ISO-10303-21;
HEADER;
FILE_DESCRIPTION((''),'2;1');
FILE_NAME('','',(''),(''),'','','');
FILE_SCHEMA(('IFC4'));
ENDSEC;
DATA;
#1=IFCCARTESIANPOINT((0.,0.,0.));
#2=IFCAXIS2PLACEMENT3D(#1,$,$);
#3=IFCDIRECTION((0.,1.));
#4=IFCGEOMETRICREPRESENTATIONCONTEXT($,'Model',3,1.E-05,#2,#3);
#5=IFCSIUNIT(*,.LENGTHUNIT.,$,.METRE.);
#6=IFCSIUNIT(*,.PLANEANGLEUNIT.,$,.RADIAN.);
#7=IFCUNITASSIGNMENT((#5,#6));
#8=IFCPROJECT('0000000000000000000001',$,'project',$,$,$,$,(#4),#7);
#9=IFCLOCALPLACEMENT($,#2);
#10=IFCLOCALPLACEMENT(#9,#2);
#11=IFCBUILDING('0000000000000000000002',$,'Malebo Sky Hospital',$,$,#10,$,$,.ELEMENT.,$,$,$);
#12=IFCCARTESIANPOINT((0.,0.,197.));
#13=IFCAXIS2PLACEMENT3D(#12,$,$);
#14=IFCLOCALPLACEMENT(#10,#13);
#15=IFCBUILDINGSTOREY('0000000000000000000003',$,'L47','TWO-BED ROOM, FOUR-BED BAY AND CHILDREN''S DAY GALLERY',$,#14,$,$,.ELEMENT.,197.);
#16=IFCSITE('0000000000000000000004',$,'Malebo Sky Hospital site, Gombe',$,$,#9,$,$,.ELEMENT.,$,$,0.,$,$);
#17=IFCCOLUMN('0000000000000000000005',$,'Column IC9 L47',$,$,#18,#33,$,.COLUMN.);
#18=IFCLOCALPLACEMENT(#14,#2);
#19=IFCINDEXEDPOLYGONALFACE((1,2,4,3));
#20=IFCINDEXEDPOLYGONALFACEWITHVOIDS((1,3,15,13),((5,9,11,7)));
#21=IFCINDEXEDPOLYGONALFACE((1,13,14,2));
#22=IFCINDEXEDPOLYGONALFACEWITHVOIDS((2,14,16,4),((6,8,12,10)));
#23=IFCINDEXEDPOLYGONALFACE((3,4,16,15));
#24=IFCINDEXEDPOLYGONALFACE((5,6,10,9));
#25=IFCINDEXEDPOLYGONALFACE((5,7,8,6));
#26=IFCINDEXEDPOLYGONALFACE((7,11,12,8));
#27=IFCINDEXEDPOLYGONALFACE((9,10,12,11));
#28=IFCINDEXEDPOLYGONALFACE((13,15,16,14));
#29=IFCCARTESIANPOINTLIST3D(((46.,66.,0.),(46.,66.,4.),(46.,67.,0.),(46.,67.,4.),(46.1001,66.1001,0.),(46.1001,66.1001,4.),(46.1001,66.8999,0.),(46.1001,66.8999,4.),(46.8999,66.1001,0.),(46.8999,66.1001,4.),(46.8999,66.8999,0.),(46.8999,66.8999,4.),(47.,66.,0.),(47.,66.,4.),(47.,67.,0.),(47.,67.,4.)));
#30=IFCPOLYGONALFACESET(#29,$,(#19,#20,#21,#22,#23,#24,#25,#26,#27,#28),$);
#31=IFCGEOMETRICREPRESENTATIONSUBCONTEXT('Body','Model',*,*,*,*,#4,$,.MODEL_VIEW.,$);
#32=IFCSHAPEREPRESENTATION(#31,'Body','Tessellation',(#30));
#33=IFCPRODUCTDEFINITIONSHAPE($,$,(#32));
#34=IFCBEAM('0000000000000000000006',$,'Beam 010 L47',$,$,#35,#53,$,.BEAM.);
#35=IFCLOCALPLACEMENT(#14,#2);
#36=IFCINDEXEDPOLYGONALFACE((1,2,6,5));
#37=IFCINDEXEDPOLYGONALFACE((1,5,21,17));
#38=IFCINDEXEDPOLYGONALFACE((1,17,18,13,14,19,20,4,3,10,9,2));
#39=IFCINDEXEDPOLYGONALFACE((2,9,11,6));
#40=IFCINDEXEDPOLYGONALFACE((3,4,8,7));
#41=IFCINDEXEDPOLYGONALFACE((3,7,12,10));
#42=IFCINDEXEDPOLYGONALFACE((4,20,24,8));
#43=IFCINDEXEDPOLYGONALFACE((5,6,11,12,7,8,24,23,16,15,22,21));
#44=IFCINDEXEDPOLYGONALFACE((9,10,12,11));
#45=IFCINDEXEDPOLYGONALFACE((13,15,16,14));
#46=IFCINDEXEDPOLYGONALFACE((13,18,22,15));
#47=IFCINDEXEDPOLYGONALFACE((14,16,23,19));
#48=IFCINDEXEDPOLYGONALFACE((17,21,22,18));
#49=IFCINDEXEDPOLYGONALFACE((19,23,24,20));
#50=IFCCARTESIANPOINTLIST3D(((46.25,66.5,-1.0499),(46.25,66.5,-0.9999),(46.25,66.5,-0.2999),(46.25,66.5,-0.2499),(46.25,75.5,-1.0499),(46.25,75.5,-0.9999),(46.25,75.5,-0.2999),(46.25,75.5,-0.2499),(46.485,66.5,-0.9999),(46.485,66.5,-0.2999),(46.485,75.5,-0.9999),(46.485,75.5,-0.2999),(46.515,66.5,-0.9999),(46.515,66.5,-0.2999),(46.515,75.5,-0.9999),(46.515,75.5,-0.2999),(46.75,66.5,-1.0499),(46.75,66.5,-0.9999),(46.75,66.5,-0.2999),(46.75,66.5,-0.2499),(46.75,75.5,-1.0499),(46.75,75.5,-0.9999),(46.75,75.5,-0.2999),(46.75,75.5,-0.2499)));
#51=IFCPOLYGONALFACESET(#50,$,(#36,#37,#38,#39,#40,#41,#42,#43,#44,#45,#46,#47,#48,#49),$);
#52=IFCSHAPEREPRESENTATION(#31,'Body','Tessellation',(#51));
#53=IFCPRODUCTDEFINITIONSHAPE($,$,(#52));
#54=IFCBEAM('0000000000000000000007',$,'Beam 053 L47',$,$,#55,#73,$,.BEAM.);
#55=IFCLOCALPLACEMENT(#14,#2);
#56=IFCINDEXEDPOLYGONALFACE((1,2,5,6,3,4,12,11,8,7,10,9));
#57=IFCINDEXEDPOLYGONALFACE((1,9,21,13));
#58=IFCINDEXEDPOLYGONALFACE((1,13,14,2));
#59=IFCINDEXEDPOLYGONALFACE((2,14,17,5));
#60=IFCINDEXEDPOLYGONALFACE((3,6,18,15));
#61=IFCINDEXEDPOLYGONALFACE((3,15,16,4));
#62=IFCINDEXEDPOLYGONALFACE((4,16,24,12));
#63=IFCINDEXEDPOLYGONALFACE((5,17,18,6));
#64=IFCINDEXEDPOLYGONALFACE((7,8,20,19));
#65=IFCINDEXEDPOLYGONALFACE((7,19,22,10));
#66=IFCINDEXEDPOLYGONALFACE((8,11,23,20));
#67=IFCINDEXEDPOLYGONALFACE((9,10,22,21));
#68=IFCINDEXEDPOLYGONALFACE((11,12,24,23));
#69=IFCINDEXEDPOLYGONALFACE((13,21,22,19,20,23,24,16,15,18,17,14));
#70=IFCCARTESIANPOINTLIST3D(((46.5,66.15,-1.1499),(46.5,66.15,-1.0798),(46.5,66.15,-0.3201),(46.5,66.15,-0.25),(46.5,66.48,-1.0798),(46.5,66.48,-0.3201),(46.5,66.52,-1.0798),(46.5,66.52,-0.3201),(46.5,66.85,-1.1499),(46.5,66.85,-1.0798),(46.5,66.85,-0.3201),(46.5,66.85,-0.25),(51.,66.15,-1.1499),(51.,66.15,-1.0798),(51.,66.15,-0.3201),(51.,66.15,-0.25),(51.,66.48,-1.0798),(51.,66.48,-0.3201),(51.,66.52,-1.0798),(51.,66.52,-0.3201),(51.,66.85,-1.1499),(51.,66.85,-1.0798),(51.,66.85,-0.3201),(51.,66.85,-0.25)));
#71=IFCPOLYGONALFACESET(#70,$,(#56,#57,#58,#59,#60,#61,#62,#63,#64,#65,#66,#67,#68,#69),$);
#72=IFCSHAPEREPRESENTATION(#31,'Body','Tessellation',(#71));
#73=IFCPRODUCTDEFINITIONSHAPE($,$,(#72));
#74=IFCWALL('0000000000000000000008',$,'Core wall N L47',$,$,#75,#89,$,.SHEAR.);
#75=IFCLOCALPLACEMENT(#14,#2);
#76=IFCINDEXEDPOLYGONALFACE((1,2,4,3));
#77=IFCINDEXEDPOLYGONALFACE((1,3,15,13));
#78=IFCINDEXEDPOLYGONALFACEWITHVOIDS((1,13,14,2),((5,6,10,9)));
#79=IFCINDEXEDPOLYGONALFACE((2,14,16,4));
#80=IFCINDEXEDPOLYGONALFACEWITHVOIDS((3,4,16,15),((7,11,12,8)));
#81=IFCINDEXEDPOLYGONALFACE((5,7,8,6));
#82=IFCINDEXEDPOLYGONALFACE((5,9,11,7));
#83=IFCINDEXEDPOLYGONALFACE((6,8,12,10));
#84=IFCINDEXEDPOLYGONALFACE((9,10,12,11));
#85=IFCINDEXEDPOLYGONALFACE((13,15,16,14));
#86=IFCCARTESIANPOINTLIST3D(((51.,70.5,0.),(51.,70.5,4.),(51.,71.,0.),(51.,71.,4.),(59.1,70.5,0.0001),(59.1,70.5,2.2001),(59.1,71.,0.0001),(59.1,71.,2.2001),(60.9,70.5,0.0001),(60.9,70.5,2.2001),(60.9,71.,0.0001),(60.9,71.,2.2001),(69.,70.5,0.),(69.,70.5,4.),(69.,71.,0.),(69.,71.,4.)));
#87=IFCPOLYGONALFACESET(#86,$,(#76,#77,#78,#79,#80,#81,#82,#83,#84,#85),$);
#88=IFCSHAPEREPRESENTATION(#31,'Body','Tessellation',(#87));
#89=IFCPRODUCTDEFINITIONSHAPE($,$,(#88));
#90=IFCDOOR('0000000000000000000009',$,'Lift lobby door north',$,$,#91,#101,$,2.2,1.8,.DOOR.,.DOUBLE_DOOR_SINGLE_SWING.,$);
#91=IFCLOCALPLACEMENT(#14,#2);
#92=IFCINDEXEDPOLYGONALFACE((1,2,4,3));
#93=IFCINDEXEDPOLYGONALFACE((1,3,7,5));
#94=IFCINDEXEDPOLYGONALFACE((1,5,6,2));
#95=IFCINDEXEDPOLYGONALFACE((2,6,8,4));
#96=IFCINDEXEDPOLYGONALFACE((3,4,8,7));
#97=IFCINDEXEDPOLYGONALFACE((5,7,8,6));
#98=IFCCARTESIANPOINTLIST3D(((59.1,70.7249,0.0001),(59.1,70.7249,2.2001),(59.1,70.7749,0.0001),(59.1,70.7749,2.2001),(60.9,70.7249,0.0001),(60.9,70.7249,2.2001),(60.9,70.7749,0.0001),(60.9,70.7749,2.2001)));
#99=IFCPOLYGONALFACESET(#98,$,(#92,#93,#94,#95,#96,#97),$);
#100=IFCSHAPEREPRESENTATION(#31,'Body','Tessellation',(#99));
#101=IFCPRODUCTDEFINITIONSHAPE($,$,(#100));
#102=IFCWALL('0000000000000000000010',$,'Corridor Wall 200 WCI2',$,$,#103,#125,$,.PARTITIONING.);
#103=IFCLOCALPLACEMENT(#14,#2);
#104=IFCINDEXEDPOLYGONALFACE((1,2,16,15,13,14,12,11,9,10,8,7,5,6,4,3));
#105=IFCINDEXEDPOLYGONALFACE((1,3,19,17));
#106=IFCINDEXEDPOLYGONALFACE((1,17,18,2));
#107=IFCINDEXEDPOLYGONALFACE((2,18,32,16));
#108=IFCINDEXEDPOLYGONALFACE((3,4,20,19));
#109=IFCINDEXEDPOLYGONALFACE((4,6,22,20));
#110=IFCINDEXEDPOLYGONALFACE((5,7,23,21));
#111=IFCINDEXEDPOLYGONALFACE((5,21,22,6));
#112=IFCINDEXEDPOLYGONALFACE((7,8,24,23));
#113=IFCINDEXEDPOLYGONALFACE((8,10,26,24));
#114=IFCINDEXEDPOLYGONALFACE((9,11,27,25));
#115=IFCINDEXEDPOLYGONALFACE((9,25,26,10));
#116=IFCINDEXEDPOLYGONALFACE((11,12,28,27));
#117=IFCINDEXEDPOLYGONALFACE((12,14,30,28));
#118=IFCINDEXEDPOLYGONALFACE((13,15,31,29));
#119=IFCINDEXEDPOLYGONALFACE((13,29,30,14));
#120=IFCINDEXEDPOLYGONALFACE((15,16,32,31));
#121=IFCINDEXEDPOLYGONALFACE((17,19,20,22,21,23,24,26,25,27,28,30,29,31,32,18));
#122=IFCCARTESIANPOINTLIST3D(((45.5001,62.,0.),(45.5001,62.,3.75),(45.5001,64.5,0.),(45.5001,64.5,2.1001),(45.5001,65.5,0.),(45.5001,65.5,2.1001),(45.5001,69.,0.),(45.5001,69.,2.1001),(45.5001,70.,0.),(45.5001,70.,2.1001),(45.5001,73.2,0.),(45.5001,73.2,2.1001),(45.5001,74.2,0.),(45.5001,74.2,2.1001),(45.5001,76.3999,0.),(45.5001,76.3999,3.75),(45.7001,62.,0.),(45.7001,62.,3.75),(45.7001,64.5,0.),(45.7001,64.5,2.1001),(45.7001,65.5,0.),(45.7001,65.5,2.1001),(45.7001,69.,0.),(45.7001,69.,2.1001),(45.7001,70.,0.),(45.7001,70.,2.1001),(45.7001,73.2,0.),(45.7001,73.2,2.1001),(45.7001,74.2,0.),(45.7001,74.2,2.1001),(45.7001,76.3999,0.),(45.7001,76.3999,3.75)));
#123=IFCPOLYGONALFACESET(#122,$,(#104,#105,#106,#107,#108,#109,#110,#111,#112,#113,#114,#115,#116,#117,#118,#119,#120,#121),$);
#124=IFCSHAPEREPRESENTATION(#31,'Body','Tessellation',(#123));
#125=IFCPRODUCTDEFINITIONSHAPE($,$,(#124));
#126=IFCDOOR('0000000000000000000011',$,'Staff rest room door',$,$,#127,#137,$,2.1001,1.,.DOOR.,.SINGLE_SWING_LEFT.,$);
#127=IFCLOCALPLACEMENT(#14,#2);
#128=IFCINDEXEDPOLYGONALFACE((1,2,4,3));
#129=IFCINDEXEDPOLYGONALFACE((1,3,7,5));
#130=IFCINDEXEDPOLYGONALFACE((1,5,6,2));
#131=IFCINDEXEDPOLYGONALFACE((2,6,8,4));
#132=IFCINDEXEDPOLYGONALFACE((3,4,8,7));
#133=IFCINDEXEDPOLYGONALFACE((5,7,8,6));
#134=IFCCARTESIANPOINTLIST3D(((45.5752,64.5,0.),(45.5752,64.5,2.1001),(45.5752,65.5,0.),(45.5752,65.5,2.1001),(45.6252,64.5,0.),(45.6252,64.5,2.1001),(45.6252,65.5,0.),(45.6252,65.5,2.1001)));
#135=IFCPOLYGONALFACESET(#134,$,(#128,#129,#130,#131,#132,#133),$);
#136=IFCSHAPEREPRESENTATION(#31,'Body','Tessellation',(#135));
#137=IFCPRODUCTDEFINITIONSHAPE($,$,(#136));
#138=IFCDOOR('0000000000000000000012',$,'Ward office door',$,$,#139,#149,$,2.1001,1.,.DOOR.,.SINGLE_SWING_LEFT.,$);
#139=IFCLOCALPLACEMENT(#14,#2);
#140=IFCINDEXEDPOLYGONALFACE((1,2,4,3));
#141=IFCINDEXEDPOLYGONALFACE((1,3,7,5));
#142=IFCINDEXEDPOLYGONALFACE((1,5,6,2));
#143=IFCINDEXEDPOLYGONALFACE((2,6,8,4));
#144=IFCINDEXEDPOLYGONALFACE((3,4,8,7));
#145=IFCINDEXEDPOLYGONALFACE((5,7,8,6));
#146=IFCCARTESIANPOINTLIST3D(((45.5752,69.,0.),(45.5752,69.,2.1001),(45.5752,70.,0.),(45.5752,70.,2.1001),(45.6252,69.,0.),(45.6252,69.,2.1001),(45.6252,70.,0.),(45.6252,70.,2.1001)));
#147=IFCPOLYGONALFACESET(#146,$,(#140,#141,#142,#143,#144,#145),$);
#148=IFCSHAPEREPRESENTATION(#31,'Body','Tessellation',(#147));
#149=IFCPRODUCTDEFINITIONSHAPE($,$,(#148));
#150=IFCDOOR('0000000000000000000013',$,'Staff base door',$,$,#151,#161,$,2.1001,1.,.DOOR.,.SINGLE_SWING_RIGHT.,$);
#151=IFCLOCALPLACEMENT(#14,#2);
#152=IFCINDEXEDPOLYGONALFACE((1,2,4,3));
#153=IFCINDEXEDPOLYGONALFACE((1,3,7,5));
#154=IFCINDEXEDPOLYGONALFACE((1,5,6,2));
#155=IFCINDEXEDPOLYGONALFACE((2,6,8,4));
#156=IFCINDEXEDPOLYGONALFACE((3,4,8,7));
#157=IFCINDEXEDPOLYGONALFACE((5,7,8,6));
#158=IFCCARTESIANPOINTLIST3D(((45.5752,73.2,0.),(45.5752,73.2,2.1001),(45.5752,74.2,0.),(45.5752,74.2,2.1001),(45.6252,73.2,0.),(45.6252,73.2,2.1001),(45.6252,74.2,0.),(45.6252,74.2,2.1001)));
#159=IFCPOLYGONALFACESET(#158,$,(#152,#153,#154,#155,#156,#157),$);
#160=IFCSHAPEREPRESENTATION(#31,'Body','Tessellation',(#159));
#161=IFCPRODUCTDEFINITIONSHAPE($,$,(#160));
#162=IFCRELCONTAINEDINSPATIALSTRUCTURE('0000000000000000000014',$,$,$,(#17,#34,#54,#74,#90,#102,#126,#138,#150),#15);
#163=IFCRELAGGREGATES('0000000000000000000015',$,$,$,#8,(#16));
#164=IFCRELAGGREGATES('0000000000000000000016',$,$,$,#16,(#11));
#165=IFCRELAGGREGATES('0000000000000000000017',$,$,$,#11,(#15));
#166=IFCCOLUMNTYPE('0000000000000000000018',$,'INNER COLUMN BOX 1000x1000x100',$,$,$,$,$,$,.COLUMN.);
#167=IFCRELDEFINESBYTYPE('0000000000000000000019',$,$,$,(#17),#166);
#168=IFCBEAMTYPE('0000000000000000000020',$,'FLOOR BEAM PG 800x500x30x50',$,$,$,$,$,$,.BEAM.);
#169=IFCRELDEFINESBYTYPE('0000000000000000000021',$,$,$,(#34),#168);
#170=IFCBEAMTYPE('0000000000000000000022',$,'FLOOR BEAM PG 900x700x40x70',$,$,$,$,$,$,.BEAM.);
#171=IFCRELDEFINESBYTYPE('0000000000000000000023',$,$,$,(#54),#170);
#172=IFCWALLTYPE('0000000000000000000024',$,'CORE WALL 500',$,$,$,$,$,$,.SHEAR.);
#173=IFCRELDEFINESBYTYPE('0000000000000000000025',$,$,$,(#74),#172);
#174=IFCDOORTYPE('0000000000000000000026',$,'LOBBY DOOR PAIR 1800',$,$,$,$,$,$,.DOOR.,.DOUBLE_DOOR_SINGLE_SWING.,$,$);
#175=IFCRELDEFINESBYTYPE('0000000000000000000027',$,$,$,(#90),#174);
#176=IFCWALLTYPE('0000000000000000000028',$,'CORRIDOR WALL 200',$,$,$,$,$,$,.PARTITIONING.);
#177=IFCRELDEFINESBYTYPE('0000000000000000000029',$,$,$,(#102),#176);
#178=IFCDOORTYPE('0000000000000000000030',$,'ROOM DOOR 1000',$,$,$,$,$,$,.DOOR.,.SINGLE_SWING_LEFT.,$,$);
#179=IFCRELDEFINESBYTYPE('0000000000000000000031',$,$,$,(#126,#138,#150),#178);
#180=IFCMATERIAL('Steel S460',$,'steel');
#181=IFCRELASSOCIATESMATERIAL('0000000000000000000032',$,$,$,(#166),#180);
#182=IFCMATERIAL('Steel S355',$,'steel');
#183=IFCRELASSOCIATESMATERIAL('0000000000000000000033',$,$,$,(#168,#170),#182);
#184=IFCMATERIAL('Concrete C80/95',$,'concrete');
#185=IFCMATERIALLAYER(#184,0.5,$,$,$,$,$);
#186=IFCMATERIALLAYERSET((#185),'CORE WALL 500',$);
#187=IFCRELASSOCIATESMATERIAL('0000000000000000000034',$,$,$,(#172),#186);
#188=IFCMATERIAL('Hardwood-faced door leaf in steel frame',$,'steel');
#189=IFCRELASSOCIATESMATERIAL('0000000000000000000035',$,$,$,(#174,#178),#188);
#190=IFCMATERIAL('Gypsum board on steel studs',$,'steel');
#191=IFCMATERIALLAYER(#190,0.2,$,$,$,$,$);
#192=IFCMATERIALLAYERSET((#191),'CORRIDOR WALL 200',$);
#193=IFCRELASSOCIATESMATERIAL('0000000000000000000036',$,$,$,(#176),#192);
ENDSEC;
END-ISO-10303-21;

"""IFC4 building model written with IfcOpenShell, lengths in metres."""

from ifc_helpers import new_model, si_unit, direction, frame, frame_2d, origin, origin_2d, place, context, subcontext, project, spatial, rectangle, hollow_rectangle, i_section, extrude, material, layer, layer_set, material_profile, profile_set, type_object, element, fill, save


model = new_model("IFC4")

# Units and contexts
model_context = context("Model", 3, precision=1e-05, world=origin(), true_north=direction((0.0, 1.0)))
body_context = subcontext(model_context, "Body", "Model", "MODEL_VIEW")
ifc_project = project(units=[si_unit("LENGTHUNIT", "METRE"), si_unit("PLANEANGLEUNIT", "RADIAN")], contexts=[model_context])

# Site, building, storey
site_placement = place(None, origin())
site = spatial("IfcSite", under=ifc_project, at=site_placement, Name="Malebo Sky Hospital site, Gombe", CompositionType="ELEMENT", RefElevation=0.0)
building_placement = place(site_placement, origin())
building = spatial("IfcBuilding", under=site, at=building_placement, Name="Malebo Sky Hospital", CompositionType="ELEMENT")
storey_placement = place(building_placement, frame((0.0, 0.0, 197.0)))
storey = spatial("IfcBuildingStorey", under=building, at=storey_placement, Name="L47", Description="TWO-BED ROOM, FOUR-BED BAY AND CHILDREN'S DAY GALLERY", CompositionType="ELEMENT", Elevation=197.0)

# Column
ifc_material_1 = material(Name="Steel S460", Category="steel")
ifc_material_profile_1 = material_profile(ifc_material_1, hollow_rectangle(XDim=1.0, YDim=1.0, WallThickness=0.1001, at=origin_2d()), Name="BOX 1000x1000x100")
ifc_profile_set_1 = profile_set([ifc_material_profile_1], Name="Steel S460")
column_type = type_object("IfcColumnType", Name="INNER COLUMN BOX 1000x1000x100", PredefinedType="COLUMN", material=ifc_profile_set_1)
column_placement = place(storey_placement, frame((46.5, 66.5, 0.0), z_axis=(0.0, 0.0, 1.0), x_axis=(1.0, 0.0, 0.0)))
element("IfcColumn", 1, at=column_placement, inside=storey, type_object=column_type, Name="Column IC9 L47", PredefinedType="COLUMN", context=body_context, shape_type="SweptSolid", body=[
    extrude(hollow_rectangle(XDim=1.0, YDim=1.0, WallThickness=0.1001, at=origin_2d()), origin(), (0.0, 0.0, 1.0), 4.0),
])

# Beams
ifc_material_2 = material(Name="Steel S355", Category="steel")
ifc_material_profile_2 = material_profile(ifc_material_2, i_section(OverallWidth=0.5, OverallDepth=0.8, WebThickness=0.03, FlangeThickness=0.05, at=origin_2d()), Name="PG 800x500x30x50")
ifc_profile_set_2 = profile_set([ifc_material_profile_2], Name="Steel S355")
beam_type_1 = type_object("IfcBeamType", Name="FLOOR BEAM PG 800x500x30x50", PredefinedType="BEAM", material=ifc_profile_set_2)
beam_1_placement = place(storey_placement, frame((46.5, 66.5, -0.6499), z_axis=(0.0, 1.0, 0.0), x_axis=(-1.0, 0.0, 0.0)))
element("IfcBeam", 2, at=beam_1_placement, inside=storey, type_object=beam_type_1, Name="Beam 010 L47", PredefinedType="BEAM", context=body_context, shape_type="SweptSolid", body=[
    extrude(i_section(OverallWidth=0.5, OverallDepth=0.8, WebThickness=0.03, FlangeThickness=0.05, at=origin_2d()), origin(), (0.0, 0.0, 1.0), 9.0),
])
ifc_material_profile_3 = material_profile(ifc_material_2, i_section(OverallWidth=0.7, OverallDepth=0.8999, WebThickness=0.04, FlangeThickness=0.0701, at=origin_2d()), Name="PG 900x700x40x70")
ifc_profile_set_3 = profile_set([ifc_material_profile_3], Name="Steel S355")
beam_type_2 = type_object("IfcBeamType", Name="FLOOR BEAM PG 900x700x40x70", PredefinedType="BEAM", material=ifc_profile_set_3)
beam_2_placement = place(storey_placement, frame((46.5, 66.5, -0.7), z_axis=(1.0, 0.0, 0.0), x_axis=(0.0, 1.0, 0.0)))
element("IfcBeam", 3, at=beam_2_placement, inside=storey, type_object=beam_type_2, Name="Beam 053 L47", PredefinedType="BEAM", context=body_context, shape_type="SweptSolid", body=[
    extrude(i_section(OverallWidth=0.7, OverallDepth=0.8999, WebThickness=0.04, FlangeThickness=0.0701, at=origin_2d()), origin(), (0.0, 0.0, 1.0), 4.5),
])

# Wall, opening, door
ifc_material_3 = material(Name="Concrete C80/95", Category="concrete")
ifc_layer_1 = layer(ifc_material_3, 0.5)
ifc_layer_set_1 = layer_set([ifc_layer_1], Name="CORE WALL 500")
wall_type_1 = type_object("IfcWallType", Name="CORE WALL 500", PredefinedType="SHEAR", material=ifc_layer_set_1)
wall_1_placement = place(storey_placement, frame((51.0, 70.75, 0.0), z_axis=(0.0, 0.0, 1.0), x_axis=(1.0, 0.0, 0.0)))
wall_1 = element("IfcWall", 4, at=wall_1_placement, inside=storey, type_object=wall_type_1, Name="Core wall N L47", PredefinedType="SHEAR", context=body_context, shape_type="SweptSolid", body=[
    extrude(rectangle(XDim=18.0, YDim=0.5, at=frame_2d((9.0, 0.0))), origin(), (0.0, 0.0, 1.0), 4.0),
])
opening_1_placement = place(wall_1_placement, frame((8.1001, 0.0, 0.0)))
opening_1 = element("IfcOpeningElement", 5, at=opening_1_placement, cuts=wall_1, PredefinedType="OPENING", context=body_context, shape_type="SweptSolid", body=[
    extrude(rectangle(XDim=1.8, YDim=2.2, at=frame_2d((0.8999, 1.1001))), frame((0.0, 0.26, 0.0), z_axis=(0.0, -1.0, 0.0), x_axis=(1.0, 0.0, 0.0)), (0.0, 0.0, 1.0), 0.52),
])
ifc_material_4 = material(Name="Hardwood-faced door leaf in steel frame", Category="steel")
door_type_1 = type_object("IfcDoorType", Name="LOBBY DOOR PAIR 1800", OperationType="DOUBLE_DOOR_SINGLE_SWING", PredefinedType="DOOR", material=ifc_material_4)
door_1_placement = place(opening_1_placement, origin())
door_1 = element("IfcDoor", 6, at=door_1_placement, inside=storey, type_object=door_type_1, Name="Lift lobby door north", OperationType="DOUBLE_DOOR_SINGLE_SWING", OverallHeight=2.2, OverallWidth=1.8, PredefinedType="DOOR", context=body_context, shape_type="SweptSolid", body=[
    extrude(rectangle(XDim=1.8, YDim=2.2, at=frame_2d((0.8999, 1.1001))), frame((0.0, 0.0249, 0.0), z_axis=(0.0, -1.0, 0.0), x_axis=(1.0, 0.0, 0.0)), (0.0, 0.0, 1.0), 0.05),
])
fill(opening_1, door_1)

# Wall, openings, doors
ifc_material_5 = material(Name="Gypsum board on steel studs", Category="steel")
ifc_layer_2 = layer(ifc_material_5, 0.2)
ifc_layer_set_2 = layer_set([ifc_layer_2], Name="CORRIDOR WALL 200")
wall_type_2 = type_object("IfcWallType", Name="CORRIDOR WALL 200", PredefinedType="PARTITIONING", material=ifc_layer_set_2)
wall_2_placement = place(storey_placement, frame((45.6001, 62.0, 0.0), z_axis=(0.0, 0.0, 1.0), x_axis=(0.0, 1.0, 0.0)))
wall_2 = element("IfcWall", 7, at=wall_2_placement, inside=storey, type_object=wall_type_2, Name="Corridor Wall 200 WCI2", PredefinedType="PARTITIONING", context=body_context, shape_type="SweptSolid", body=[
    extrude(rectangle(XDim=14.3999, YDim=0.2, at=frame_2d((7.2, 0.0))), origin(), (0.0, 0.0, 1.0), 3.75),
])
opening_2_placement = place(wall_2_placement, frame((2.5, 0.0, 0.0)))
opening_2 = element("IfcOpeningElement", 8, at=opening_2_placement, cuts=wall_2, PredefinedType="OPENING", context=body_context, shape_type="SweptSolid", body=[
    extrude(rectangle(XDim=1.0, YDim=2.1001, at=frame_2d((0.5, 1.05))), frame((0.0, 0.1099, 0.0), z_axis=(0.0, -1.0, 0.0), x_axis=(1.0, 0.0, 0.0)), (0.0, 0.0, 1.0), 0.22),
])
opening_3_placement = place(wall_2_placement, frame((7.0, 0.0, 0.0)))
opening_3 = element("IfcOpeningElement", 9, at=opening_3_placement, cuts=wall_2, PredefinedType="OPENING", context=body_context, shape_type="SweptSolid", body=[
    extrude(rectangle(XDim=1.0, YDim=2.1001, at=frame_2d((0.5, 1.05))), frame((0.0, 0.1099, 0.0), z_axis=(0.0, -1.0, 0.0), x_axis=(1.0, 0.0, 0.0)), (0.0, 0.0, 1.0), 0.22),
])
opening_4_placement = place(wall_2_placement, frame((11.2, 0.0, 0.0)))
opening_4 = element("IfcOpeningElement", 10, at=opening_4_placement, cuts=wall_2, PredefinedType="OPENING", context=body_context, shape_type="SweptSolid", body=[
    extrude(rectangle(XDim=1.0, YDim=2.1001, at=frame_2d((0.5, 1.05))), frame((0.0, 0.1099, 0.0), z_axis=(0.0, -1.0, 0.0), x_axis=(1.0, 0.0, 0.0)), (0.0, 0.0, 1.0), 0.22),
])
door_type_2 = type_object("IfcDoorType", Name="ROOM DOOR 1000", OperationType="SINGLE_SWING_LEFT", PredefinedType="DOOR", material=ifc_material_4)
door_2_placement = place(opening_2_placement, origin())
door_2 = element("IfcDoor", 11, at=door_2_placement, inside=storey, type_object=door_type_2, Name="Staff rest room door", OperationType="SINGLE_SWING_LEFT", OverallHeight=2.1001, OverallWidth=1.0, PredefinedType="DOOR", context=body_context, shape_type="SweptSolid", body=[
    extrude(rectangle(XDim=1.0, YDim=2.1001, at=frame_2d((0.5, 1.05))), frame((0.0, 0.0249, 0.0), z_axis=(0.0, -1.0, 0.0), x_axis=(1.0, 0.0, 0.0)), (0.0, 0.0, 1.0), 0.05),
])
fill(opening_2, door_2)
door_3_placement = place(opening_3_placement, origin())
door_3 = element("IfcDoor", 12, at=door_3_placement, inside=storey, type_object=door_type_2, Name="Ward office door", OperationType="SINGLE_SWING_LEFT", OverallHeight=2.1001, OverallWidth=1.0, PredefinedType="DOOR", context=body_context, shape_type="SweptSolid", body=[
    extrude(rectangle(XDim=1.0, YDim=2.1001, at=frame_2d((0.5, 1.05))), frame((0.0, 0.0249, 0.0), z_axis=(0.0, -1.0, 0.0), x_axis=(1.0, 0.0, 0.0)), (0.0, 0.0, 1.0), 0.05),
])
fill(opening_3, door_3)
door_4_placement = place(opening_4_placement, origin())
door_4 = element("IfcDoor", 13, at=door_4_placement, inside=storey, type_object=door_type_2, Name="Staff base door", OperationType="SINGLE_SWING_RIGHT", OverallHeight=2.1001, OverallWidth=1.0, PredefinedType="DOOR", context=body_context, shape_type="SweptSolid", body=[
    extrude(rectangle(XDim=1.0, YDim=2.1001, at=frame_2d((0.5, 1.05))), frame((0.0, 0.0249, 0.0), z_axis=(0.0, -1.0, 0.0), x_axis=(1.0, 0.0, 0.0)), (0.0, 0.0, 1.0), 0.05),
])
fill(opening_4, door_4)

save(model, "model.ifc")
